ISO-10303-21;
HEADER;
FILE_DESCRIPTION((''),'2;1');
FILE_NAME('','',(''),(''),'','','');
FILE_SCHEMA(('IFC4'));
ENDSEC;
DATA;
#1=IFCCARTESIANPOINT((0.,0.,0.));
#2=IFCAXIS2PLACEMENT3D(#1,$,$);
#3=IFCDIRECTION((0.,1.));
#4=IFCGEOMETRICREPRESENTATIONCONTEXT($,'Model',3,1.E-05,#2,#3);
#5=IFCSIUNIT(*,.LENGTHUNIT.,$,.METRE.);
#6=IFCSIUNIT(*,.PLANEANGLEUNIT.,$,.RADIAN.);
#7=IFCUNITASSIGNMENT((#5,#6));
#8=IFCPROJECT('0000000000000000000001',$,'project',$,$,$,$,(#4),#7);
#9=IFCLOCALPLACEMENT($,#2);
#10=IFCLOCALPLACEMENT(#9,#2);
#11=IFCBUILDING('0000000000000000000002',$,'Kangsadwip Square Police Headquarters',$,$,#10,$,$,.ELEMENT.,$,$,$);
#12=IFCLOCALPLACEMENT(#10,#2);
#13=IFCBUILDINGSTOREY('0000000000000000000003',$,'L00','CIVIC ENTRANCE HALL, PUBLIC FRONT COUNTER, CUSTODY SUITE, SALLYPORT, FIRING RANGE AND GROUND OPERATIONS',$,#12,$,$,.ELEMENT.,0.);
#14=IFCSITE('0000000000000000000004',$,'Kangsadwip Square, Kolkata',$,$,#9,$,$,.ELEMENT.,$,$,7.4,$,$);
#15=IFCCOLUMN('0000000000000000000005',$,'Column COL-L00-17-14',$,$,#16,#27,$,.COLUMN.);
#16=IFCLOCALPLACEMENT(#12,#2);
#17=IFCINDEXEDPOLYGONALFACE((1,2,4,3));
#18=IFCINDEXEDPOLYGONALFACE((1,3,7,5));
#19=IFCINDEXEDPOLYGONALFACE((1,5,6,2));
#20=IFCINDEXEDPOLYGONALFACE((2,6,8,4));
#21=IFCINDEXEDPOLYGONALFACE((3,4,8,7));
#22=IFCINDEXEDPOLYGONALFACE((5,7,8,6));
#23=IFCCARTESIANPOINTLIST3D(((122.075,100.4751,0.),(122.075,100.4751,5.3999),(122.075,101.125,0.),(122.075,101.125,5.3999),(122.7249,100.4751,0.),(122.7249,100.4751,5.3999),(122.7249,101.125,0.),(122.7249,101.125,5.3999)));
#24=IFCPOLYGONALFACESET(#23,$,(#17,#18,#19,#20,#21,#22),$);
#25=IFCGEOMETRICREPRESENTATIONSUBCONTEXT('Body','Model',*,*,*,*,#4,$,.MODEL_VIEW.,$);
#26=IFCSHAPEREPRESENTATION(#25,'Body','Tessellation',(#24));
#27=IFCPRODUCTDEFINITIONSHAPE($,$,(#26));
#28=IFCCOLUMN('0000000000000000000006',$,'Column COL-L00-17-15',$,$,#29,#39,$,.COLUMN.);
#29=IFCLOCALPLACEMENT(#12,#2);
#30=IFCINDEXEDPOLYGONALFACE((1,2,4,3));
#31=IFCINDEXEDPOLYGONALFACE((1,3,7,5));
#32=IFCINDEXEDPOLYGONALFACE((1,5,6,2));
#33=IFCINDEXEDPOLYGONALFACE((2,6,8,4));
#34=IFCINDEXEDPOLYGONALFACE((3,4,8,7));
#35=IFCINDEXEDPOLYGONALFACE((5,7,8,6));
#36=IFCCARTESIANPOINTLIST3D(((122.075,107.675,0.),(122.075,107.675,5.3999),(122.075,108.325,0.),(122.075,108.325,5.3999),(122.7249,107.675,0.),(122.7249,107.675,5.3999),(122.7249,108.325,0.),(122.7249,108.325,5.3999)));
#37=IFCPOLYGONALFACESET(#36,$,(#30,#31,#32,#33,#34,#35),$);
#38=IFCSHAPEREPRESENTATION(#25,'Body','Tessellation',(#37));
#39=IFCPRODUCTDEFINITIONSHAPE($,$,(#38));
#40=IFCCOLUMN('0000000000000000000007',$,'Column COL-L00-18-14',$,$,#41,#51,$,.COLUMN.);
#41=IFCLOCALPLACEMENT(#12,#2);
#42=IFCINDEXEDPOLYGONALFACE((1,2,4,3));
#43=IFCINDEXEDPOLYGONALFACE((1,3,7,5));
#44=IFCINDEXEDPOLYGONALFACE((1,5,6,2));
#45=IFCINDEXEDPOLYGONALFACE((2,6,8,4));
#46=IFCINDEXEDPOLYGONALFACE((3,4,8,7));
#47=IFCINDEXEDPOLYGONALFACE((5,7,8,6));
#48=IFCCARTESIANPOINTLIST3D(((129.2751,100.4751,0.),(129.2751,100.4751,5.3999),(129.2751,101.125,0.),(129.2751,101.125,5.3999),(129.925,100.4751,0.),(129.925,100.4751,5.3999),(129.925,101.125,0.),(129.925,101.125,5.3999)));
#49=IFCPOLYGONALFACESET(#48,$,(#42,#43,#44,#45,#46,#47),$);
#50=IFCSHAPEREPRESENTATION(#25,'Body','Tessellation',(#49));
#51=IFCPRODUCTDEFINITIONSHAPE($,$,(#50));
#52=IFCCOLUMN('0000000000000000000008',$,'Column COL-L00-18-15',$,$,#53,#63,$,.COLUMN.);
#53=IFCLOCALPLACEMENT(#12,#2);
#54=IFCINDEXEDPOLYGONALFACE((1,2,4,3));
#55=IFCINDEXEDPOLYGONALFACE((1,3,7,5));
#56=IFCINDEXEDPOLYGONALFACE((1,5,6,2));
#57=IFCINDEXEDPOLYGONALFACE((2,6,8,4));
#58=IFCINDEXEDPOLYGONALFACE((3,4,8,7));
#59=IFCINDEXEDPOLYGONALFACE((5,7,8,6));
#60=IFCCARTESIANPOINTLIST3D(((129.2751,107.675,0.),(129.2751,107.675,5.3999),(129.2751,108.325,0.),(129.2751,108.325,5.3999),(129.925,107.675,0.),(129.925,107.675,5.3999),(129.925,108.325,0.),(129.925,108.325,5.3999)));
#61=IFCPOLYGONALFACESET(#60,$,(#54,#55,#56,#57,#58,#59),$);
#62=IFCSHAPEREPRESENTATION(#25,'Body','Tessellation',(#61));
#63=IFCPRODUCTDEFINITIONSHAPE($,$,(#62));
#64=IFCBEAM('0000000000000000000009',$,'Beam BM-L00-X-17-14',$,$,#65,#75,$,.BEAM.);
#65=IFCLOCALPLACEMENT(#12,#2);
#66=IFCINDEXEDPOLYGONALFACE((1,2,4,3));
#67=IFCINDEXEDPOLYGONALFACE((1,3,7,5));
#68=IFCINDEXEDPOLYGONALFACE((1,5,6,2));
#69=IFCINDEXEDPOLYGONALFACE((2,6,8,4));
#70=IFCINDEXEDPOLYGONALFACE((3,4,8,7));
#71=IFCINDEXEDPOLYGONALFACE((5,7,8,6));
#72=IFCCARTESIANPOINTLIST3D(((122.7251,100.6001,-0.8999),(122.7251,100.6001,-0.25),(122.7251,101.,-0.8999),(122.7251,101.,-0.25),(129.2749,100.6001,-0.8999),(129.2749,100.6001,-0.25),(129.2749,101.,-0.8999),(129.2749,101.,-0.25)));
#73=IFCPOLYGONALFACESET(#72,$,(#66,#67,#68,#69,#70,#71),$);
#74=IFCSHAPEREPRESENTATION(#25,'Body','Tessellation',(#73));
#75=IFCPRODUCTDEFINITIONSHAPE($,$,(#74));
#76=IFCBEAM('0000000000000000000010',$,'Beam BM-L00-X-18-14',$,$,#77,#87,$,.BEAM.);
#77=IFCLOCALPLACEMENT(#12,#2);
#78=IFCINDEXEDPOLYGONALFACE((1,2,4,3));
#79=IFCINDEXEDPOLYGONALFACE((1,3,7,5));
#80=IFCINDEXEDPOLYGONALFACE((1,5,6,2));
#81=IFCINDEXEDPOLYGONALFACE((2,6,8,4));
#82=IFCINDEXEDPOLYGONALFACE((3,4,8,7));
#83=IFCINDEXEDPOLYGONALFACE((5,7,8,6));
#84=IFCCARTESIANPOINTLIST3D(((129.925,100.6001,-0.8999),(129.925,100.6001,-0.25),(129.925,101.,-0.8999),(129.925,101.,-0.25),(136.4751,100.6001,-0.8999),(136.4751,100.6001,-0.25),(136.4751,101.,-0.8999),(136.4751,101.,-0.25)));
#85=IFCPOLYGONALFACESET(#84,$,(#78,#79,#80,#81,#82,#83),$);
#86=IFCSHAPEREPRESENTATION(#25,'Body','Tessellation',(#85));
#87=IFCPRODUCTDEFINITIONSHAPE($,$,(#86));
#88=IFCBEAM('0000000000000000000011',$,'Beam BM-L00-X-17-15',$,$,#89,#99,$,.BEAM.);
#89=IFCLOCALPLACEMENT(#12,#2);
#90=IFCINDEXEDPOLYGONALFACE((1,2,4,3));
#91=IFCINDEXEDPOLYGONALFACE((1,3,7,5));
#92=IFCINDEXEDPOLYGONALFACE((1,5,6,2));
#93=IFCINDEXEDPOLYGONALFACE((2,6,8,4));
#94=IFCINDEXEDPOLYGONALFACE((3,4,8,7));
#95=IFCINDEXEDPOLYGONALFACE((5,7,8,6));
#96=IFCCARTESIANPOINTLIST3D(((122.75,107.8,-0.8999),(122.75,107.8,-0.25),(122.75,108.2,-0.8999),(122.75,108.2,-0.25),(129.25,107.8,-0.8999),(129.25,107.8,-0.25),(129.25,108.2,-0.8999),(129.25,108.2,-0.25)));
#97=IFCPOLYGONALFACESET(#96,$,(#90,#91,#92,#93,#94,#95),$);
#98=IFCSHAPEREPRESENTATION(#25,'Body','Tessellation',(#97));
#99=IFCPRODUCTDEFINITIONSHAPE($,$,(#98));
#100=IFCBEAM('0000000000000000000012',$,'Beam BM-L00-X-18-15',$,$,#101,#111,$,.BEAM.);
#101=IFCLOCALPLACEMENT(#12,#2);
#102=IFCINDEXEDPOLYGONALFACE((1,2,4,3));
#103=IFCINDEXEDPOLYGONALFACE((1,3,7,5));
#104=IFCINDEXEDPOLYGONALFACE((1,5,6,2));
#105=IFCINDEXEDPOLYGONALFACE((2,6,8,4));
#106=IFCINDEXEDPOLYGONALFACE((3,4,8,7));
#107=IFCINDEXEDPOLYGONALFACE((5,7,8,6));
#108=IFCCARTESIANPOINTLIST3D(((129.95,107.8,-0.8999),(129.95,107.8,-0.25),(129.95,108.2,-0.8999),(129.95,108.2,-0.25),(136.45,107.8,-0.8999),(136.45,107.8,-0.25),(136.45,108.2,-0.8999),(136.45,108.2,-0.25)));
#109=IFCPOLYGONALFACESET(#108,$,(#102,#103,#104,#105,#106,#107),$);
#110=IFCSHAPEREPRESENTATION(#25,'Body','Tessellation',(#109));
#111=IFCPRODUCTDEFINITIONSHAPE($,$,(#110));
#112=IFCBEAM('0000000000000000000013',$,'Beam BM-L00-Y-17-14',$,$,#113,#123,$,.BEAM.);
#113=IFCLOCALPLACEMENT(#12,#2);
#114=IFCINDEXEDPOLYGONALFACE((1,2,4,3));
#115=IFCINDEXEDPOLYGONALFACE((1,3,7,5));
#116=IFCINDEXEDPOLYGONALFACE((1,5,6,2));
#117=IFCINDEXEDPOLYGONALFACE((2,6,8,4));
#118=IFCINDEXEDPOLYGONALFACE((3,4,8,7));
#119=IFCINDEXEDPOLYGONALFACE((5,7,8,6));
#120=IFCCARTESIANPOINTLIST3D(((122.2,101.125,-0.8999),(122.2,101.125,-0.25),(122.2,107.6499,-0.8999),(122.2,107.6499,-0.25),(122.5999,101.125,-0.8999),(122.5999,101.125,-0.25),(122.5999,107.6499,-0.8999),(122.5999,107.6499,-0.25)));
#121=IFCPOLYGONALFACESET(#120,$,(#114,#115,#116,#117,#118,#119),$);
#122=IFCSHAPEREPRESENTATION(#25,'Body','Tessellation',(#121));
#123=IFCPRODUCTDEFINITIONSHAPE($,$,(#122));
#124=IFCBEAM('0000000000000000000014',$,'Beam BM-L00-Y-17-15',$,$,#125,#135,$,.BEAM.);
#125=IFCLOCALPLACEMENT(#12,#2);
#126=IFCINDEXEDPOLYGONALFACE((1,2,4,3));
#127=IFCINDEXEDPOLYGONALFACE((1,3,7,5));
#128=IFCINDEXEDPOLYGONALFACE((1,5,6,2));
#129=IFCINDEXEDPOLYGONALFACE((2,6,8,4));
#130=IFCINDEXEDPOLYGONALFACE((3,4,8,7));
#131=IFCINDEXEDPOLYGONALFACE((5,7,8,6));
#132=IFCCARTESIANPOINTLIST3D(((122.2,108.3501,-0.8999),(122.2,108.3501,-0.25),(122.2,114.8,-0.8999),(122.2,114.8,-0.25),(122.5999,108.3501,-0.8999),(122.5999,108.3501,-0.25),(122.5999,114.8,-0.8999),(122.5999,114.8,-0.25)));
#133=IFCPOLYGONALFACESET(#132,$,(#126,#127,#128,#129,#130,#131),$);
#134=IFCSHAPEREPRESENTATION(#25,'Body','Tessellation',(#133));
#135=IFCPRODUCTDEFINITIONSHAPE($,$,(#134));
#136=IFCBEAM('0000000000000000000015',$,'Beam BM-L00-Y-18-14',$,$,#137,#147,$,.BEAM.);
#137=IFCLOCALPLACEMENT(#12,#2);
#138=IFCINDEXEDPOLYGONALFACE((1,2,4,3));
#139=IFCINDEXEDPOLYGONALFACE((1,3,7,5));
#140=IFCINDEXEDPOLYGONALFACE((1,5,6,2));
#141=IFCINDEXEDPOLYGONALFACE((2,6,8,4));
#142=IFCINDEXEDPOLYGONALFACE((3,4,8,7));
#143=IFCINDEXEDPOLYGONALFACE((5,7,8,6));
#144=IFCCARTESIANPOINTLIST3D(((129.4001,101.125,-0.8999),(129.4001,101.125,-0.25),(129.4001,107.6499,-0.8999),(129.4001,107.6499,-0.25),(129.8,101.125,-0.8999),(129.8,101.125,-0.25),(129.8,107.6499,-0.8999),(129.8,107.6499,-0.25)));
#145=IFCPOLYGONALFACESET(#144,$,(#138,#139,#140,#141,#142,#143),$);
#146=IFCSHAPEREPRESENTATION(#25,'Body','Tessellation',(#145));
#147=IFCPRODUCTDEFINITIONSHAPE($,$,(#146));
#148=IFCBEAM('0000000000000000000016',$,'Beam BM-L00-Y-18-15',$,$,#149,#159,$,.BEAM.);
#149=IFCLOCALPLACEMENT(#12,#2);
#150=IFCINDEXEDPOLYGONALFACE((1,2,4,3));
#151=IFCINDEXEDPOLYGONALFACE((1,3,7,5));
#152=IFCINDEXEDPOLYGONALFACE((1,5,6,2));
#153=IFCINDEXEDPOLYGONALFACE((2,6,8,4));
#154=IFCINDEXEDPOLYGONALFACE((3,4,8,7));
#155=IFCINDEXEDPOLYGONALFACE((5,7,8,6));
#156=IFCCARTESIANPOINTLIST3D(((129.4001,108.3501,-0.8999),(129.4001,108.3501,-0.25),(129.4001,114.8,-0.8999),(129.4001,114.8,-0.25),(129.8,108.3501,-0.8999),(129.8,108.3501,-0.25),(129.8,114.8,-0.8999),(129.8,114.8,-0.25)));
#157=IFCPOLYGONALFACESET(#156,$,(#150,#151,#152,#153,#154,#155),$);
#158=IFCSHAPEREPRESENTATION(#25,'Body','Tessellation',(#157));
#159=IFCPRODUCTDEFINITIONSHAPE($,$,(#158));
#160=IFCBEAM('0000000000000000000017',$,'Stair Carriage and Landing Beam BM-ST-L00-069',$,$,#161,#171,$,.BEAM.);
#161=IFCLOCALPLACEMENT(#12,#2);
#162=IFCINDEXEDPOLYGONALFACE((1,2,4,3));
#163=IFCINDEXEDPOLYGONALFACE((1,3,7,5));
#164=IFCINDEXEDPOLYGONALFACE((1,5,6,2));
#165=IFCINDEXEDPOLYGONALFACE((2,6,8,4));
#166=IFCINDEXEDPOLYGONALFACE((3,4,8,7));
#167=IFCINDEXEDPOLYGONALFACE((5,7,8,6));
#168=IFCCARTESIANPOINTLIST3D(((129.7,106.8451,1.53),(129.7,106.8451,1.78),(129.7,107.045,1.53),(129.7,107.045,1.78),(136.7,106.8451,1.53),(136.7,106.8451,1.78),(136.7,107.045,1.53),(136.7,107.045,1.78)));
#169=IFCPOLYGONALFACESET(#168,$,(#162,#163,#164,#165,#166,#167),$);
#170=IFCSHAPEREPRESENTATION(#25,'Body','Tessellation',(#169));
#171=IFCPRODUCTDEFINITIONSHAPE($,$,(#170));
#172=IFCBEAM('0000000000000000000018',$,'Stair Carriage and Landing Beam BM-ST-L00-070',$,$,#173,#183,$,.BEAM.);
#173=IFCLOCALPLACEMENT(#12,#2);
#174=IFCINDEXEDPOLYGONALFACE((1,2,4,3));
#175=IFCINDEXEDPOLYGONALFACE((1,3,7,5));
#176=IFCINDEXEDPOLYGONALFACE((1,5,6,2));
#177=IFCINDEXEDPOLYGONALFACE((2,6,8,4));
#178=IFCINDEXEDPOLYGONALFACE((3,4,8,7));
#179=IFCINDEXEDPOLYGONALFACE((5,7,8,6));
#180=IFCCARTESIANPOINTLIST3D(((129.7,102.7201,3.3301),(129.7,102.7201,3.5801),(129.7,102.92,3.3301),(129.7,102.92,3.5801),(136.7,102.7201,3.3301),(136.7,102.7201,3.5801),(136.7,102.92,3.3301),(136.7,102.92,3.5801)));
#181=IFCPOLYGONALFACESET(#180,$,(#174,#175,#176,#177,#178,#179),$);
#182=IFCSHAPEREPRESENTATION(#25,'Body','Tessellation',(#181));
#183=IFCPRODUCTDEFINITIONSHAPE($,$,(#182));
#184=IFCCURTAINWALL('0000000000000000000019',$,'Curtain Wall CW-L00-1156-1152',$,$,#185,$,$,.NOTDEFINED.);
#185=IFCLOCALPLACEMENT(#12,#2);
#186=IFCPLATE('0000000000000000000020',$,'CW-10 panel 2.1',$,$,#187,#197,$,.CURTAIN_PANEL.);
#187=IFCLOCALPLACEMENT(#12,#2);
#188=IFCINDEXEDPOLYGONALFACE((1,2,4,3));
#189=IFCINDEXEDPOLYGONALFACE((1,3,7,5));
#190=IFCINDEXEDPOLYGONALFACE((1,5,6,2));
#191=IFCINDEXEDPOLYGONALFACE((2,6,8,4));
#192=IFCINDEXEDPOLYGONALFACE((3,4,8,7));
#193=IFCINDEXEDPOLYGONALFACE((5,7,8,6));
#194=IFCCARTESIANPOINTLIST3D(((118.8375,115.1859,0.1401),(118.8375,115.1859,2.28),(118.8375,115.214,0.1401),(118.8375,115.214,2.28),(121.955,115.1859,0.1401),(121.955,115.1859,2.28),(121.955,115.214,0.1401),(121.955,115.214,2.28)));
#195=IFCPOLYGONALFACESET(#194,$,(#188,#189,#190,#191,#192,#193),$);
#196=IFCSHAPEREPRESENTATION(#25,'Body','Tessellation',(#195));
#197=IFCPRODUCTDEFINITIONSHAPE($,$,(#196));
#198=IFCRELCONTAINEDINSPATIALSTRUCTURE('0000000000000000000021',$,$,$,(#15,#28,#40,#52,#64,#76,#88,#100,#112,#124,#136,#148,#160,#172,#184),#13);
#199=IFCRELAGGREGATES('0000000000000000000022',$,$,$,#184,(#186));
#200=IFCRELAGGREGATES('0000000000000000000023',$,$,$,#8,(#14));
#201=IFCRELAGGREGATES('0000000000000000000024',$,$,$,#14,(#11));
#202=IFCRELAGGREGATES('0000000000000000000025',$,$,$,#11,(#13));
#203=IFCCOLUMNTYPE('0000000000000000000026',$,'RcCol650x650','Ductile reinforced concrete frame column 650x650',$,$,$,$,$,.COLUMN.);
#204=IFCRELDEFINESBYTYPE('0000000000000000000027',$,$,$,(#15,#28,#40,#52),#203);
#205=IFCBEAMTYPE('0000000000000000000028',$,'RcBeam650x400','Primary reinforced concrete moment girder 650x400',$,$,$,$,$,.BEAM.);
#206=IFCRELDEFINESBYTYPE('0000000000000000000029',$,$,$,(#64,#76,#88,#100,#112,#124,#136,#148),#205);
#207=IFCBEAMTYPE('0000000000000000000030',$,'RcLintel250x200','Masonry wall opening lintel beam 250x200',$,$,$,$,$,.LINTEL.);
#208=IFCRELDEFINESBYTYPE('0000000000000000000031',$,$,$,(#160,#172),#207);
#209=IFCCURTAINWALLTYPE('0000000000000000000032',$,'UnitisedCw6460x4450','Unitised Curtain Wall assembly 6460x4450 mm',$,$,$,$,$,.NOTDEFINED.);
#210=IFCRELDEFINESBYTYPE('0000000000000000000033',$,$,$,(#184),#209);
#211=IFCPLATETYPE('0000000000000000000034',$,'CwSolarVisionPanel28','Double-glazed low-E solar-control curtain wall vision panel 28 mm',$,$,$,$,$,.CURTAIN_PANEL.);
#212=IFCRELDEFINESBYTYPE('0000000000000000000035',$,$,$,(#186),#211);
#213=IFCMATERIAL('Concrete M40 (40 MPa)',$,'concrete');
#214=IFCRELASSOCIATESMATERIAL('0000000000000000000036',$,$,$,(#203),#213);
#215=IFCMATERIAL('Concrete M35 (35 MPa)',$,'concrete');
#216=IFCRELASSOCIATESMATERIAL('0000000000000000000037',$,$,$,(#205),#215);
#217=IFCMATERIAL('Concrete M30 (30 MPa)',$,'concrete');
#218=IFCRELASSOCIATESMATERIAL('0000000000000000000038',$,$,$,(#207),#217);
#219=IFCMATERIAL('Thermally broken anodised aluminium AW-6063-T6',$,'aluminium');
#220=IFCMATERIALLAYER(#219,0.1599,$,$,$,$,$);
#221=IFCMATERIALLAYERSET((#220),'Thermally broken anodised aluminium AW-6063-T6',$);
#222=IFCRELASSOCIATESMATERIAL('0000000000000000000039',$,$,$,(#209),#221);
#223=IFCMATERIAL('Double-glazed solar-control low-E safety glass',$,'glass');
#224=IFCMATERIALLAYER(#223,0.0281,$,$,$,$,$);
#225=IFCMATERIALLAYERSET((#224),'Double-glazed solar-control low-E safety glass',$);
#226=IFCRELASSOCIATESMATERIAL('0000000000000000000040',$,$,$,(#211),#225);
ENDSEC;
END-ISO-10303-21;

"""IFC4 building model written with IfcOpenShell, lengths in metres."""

from ifc_helpers import new_model, si_unit, direction, frame, origin, origin_2d, place, context, subcontext, project, spatial, rectangle, extrude, material, layer, layer_set, material_profile, profile_set, type_object, element, aggregate, save


model = new_model("IFC4")

# Units and contexts
model_context = context("Model", 3, precision=1e-05, world=origin(), true_north=direction((0.0, 1.0)))
body_context = subcontext(model_context, "Body", "Model", "MODEL_VIEW")
ifc_project = project(units=[si_unit("LENGTHUNIT", "METRE"), si_unit("PLANEANGLEUNIT", "RADIAN")], contexts=[model_context])

# Site, building, storey
site_placement = place(None, origin())
site = spatial("IfcSite", under=ifc_project, at=site_placement, Name="Kangsadwip Square, Kolkata", CompositionType="ELEMENT", RefElevation=7.4)
building_placement = place(site_placement, origin())
building = spatial("IfcBuilding", under=site, at=building_placement, Name="Kangsadwip Square Police Headquarters", CompositionType="ELEMENT")
storey_placement = place(building_placement, origin())
storey = spatial("IfcBuildingStorey", under=building, at=storey_placement, Name="L00", Description="CIVIC ENTRANCE HALL, PUBLIC FRONT COUNTER, CUSTODY SUITE, SALLYPORT, FIRING RANGE AND GROUND OPERATIONS", CompositionType="ELEMENT", Elevation=0.0)

# Columns
ifc_material_1 = material(Name="Concrete M40 (40 MPa)", Category="concrete")
ifc_material_profile_1 = material_profile(ifc_material_1, rectangle(XDim=0.6499, YDim=0.6499, at=origin_2d()), Name="RC COL 650X650")
ifc_profile_set_1 = profile_set([ifc_material_profile_1], Name="Concrete M40 (40 MPa)")
column_type = type_object("IfcColumnType", Name="RcCol650x650", Description="Ductile reinforced concrete frame column 650x650", PredefinedType="COLUMN", material=ifc_profile_set_1)
for number, where, z_axis, x_axis, name in (
    (1, (122.3999, 100.8, 0.0), (0.0, 0.0, 1.0), (1.0, 0.0, 0.0), "Column COL-L00-17-14"),
    (2, (122.3999, 108.0, 0.0), (0.0, 0.0, 1.0), (1.0, 0.0, 0.0), "Column COL-L00-17-15"),
    (3, (129.6001, 100.8, 0.0), (0.0, 0.0, 1.0), (1.0, 0.0, 0.0), "Column COL-L00-18-14"),
    (4, (129.6001, 108.0, 0.0), (0.0, 0.0, 1.0), (1.0, 0.0, 0.0), "Column COL-L00-18-15"),
):
    element("IfcColumn", number, at=place(storey_placement, frame(where, z_axis=z_axis, x_axis=x_axis)), inside=storey, type_object=column_type, Name=name, PredefinedType="COLUMN", context=body_context, shape_type="SweptSolid", body=[
        extrude(rectangle(XDim=0.6499, YDim=0.6499, at=origin_2d()), origin(), (0.0, 0.0, 1.0), 5.3999),
    ])

# Beams
ifc_material_2 = material(Name="Concrete M35 (35 MPa)", Category="concrete")
ifc_material_profile_2 = material_profile(ifc_material_2, rectangle(XDim=0.3999, YDim=0.6499, at=origin_2d()), Name="RC BM 650X400")
ifc_profile_set_2 = profile_set([ifc_material_profile_2], Name="Concrete M35 (35 MPa)")
beam_type_1 = type_object("IfcBeamType", Name="RcBeam650x400", Description="Primary reinforced concrete moment girder 650x400", PredefinedType="BEAM", material=ifc_profile_set_2)
beam_1_placement = place(storey_placement, frame((122.7251, 100.8, -0.575), z_axis=(1.0, 0.0, 0.0), x_axis=(0.0, 1.0, 0.0)))
element("IfcBeam", 5, at=beam_1_placement, inside=storey, type_object=beam_type_1, Name="Beam BM-L00-X-17-14", PredefinedType="BEAM", context=body_context, shape_type="SweptSolid", body=[
    extrude(rectangle(XDim=0.3999, YDim=0.6499, at=origin_2d()), origin(), (0.0, 0.0, 1.0), 6.5498),
])
beam_2_placement = place(storey_placement, frame((129.925, 100.8, -0.575), z_axis=(1.0, 0.0, 0.0), x_axis=(0.0, 1.0, 0.0)))
element("IfcBeam", 6, at=beam_2_placement, inside=storey, type_object=beam_type_1, Name="Beam BM-L00-X-18-14", PredefinedType="BEAM", context=body_context, shape_type="SweptSolid", body=[
    extrude(rectangle(XDim=0.3999, YDim=0.6499, at=origin_2d()), origin(), (0.0, 0.0, 1.0), 6.55),
])
for number, where, z_axis, x_axis, name in (
    (7, (122.75, 108.0, -0.575), (1.0, 0.0, 0.0), (0.0, 1.0, 0.0), "Beam BM-L00-X-17-15"),
    (8, (129.95, 108.0, -0.575), (1.0, 0.0, 0.0), (0.0, 1.0, 0.0), "Beam BM-L00-X-18-15"),
):
    element("IfcBeam", number, at=place(storey_placement, frame(where, z_axis=z_axis, x_axis=x_axis)), inside=storey, type_object=beam_type_1, Name=name, PredefinedType="BEAM", context=body_context, shape_type="SweptSolid", body=[
        extrude(rectangle(XDim=0.3999, YDim=0.6499, at=origin_2d()), origin(), (0.0, 0.0, 1.0), 6.5),
    ])
beam_3_placement = place(storey_placement, frame((122.3999, 101.125, -0.575), z_axis=(0.0, 1.0, 0.0), x_axis=(-1.0, 0.0, 0.0)))
element("IfcBeam", 9, at=beam_3_placement, inside=storey, type_object=beam_type_1, Name="Beam BM-L00-Y-17-14", PredefinedType="BEAM", context=body_context, shape_type="SweptSolid", body=[
    extrude(rectangle(XDim=0.3999, YDim=0.6499, at=origin_2d()), origin(), (0.0, 0.0, 1.0), 6.5249),
])
beam_4_placement = place(storey_placement, frame((122.3999, 108.3501, -0.575), z_axis=(0.0, 1.0, 0.0), x_axis=(-1.0, 0.0, 0.0)))
element("IfcBeam", 10, at=beam_4_placement, inside=storey, type_object=beam_type_1, Name="Beam BM-L00-Y-17-15", PredefinedType="BEAM", context=body_context, shape_type="SweptSolid", body=[
    extrude(rectangle(XDim=0.3999, YDim=0.6499, at=origin_2d()), origin(), (0.0, 0.0, 1.0), 6.45),
])
beam_5_placement = place(storey_placement, frame((129.6001, 101.125, -0.575), z_axis=(0.0, 1.0, 0.0), x_axis=(-1.0, 0.0, 0.0)))
element("IfcBeam", 11, at=beam_5_placement, inside=storey, type_object=beam_type_1, Name="Beam BM-L00-Y-18-14", PredefinedType="BEAM", context=body_context, shape_type="SweptSolid", body=[
    extrude(rectangle(XDim=0.3999, YDim=0.6499, at=origin_2d()), origin(), (0.0, 0.0, 1.0), 6.5249),
])
beam_6_placement = place(storey_placement, frame((129.6001, 108.3501, -0.575), z_axis=(0.0, 1.0, 0.0), x_axis=(-1.0, 0.0, 0.0)))
element("IfcBeam", 12, at=beam_6_placement, inside=storey, type_object=beam_type_1, Name="Beam BM-L00-Y-18-15", PredefinedType="BEAM", context=body_context, shape_type="SweptSolid", body=[
    extrude(rectangle(XDim=0.3999, YDim=0.6499, at=origin_2d()), origin(), (0.0, 0.0, 1.0), 6.45),
])
ifc_material_3 = material(Name="Concrete M30 (30 MPa)", Category="concrete")
ifc_material_profile_3 = material_profile(ifc_material_3, rectangle(XDim=0.2, YDim=0.25, at=origin_2d()), Name="RC LNT 250X200")
ifc_profile_set_3 = profile_set([ifc_material_profile_3], Name="Concrete M30 (30 MPa)")
beam_type_2 = type_object("IfcBeamType", Name="RcLintel250x200", Description="Masonry wall opening lintel beam 250x200", PredefinedType="LINTEL", material=ifc_profile_set_3)
for number, where, z_axis, x_axis, name in (
    (13, (129.7, 106.9451, 1.655), (1.0, 0.0, 0.0), (0.0, 1.0, 0.0), "Stair Carriage and Landing Beam BM-ST-L00-069"),
    (14, (129.7, 102.8201, 3.4551), (1.0, 0.0, 0.0), (0.0, 1.0, 0.0), "Stair Carriage and Landing Beam BM-ST-L00-070"),
):
    element("IfcBeam", number, at=place(storey_placement, frame(where, z_axis=z_axis, x_axis=x_axis)), inside=storey, type_object=beam_type_2, Name=name, PredefinedType="BEAM", context=body_context, shape_type="SweptSolid", body=[
        extrude(rectangle(XDim=0.2, YDim=0.25, at=origin_2d()), origin(), (0.0, 0.0, 1.0), 7.0),
    ])

# Curtain wall, plate
ifc_material_4 = material(Name="Thermally broken anodised aluminium AW-6063-T6", Category="aluminium")
ifc_layer_1 = layer(ifc_material_4, 0.1599)
ifc_layer_set_1 = layer_set([ifc_layer_1], Name="Thermally broken anodised aluminium AW-6063-T6")
curtain_wall_type = type_object("IfcCurtainWallType", Name="UnitisedCw6460x4450", Description="Unitised Curtain Wall assembly 6460x4450 mm", PredefinedType="NOTDEFINED", material=ifc_layer_set_1)
curtain_wall_placement = place(storey_placement, origin())
curtain_wall = element("IfcCurtainWall", 15, at=curtain_wall_placement, inside=storey, type_object=curtain_wall_type, Name="Curtain Wall CW-L00-1156-1152", PredefinedType="NOTDEFINED")
ifc_material_5 = material(Name="Double-glazed solar-control low-E safety glass", Category="glass")
ifc_layer_2 = layer(ifc_material_5, 0.0281)
ifc_layer_set_2 = layer_set([ifc_layer_2], Name="Double-glazed solar-control low-E safety glass")
plate_type = type_object("IfcPlateType", Name="CwSolarVisionPanel28", Description="Double-glazed low-E solar-control curtain wall vision panel 28 mm", PredefinedType="CURTAIN_PANEL", material=ifc_layer_set_2)
plate_placement = place(storey_placement, frame((120.3962, 115.2, 0.1401), z_axis=(0.0, 0.0, 1.0), x_axis=(1.0, 0.0, 0.0)))
plate = element("IfcPlate", 16, at=plate_placement, type_object=plate_type, Name="CW-10 panel 2.1", PredefinedType="CURTAIN_PANEL", context=body_context, shape_type="SweptSolid", body=[
    extrude(rectangle(XDim=3.1174, YDim=0.0281, at=origin_2d()), origin(), (0.0, 0.0, 1.0), 2.1399),
])
aggregate(curtain_wall, [plate])

save(model, "model.ifc")
